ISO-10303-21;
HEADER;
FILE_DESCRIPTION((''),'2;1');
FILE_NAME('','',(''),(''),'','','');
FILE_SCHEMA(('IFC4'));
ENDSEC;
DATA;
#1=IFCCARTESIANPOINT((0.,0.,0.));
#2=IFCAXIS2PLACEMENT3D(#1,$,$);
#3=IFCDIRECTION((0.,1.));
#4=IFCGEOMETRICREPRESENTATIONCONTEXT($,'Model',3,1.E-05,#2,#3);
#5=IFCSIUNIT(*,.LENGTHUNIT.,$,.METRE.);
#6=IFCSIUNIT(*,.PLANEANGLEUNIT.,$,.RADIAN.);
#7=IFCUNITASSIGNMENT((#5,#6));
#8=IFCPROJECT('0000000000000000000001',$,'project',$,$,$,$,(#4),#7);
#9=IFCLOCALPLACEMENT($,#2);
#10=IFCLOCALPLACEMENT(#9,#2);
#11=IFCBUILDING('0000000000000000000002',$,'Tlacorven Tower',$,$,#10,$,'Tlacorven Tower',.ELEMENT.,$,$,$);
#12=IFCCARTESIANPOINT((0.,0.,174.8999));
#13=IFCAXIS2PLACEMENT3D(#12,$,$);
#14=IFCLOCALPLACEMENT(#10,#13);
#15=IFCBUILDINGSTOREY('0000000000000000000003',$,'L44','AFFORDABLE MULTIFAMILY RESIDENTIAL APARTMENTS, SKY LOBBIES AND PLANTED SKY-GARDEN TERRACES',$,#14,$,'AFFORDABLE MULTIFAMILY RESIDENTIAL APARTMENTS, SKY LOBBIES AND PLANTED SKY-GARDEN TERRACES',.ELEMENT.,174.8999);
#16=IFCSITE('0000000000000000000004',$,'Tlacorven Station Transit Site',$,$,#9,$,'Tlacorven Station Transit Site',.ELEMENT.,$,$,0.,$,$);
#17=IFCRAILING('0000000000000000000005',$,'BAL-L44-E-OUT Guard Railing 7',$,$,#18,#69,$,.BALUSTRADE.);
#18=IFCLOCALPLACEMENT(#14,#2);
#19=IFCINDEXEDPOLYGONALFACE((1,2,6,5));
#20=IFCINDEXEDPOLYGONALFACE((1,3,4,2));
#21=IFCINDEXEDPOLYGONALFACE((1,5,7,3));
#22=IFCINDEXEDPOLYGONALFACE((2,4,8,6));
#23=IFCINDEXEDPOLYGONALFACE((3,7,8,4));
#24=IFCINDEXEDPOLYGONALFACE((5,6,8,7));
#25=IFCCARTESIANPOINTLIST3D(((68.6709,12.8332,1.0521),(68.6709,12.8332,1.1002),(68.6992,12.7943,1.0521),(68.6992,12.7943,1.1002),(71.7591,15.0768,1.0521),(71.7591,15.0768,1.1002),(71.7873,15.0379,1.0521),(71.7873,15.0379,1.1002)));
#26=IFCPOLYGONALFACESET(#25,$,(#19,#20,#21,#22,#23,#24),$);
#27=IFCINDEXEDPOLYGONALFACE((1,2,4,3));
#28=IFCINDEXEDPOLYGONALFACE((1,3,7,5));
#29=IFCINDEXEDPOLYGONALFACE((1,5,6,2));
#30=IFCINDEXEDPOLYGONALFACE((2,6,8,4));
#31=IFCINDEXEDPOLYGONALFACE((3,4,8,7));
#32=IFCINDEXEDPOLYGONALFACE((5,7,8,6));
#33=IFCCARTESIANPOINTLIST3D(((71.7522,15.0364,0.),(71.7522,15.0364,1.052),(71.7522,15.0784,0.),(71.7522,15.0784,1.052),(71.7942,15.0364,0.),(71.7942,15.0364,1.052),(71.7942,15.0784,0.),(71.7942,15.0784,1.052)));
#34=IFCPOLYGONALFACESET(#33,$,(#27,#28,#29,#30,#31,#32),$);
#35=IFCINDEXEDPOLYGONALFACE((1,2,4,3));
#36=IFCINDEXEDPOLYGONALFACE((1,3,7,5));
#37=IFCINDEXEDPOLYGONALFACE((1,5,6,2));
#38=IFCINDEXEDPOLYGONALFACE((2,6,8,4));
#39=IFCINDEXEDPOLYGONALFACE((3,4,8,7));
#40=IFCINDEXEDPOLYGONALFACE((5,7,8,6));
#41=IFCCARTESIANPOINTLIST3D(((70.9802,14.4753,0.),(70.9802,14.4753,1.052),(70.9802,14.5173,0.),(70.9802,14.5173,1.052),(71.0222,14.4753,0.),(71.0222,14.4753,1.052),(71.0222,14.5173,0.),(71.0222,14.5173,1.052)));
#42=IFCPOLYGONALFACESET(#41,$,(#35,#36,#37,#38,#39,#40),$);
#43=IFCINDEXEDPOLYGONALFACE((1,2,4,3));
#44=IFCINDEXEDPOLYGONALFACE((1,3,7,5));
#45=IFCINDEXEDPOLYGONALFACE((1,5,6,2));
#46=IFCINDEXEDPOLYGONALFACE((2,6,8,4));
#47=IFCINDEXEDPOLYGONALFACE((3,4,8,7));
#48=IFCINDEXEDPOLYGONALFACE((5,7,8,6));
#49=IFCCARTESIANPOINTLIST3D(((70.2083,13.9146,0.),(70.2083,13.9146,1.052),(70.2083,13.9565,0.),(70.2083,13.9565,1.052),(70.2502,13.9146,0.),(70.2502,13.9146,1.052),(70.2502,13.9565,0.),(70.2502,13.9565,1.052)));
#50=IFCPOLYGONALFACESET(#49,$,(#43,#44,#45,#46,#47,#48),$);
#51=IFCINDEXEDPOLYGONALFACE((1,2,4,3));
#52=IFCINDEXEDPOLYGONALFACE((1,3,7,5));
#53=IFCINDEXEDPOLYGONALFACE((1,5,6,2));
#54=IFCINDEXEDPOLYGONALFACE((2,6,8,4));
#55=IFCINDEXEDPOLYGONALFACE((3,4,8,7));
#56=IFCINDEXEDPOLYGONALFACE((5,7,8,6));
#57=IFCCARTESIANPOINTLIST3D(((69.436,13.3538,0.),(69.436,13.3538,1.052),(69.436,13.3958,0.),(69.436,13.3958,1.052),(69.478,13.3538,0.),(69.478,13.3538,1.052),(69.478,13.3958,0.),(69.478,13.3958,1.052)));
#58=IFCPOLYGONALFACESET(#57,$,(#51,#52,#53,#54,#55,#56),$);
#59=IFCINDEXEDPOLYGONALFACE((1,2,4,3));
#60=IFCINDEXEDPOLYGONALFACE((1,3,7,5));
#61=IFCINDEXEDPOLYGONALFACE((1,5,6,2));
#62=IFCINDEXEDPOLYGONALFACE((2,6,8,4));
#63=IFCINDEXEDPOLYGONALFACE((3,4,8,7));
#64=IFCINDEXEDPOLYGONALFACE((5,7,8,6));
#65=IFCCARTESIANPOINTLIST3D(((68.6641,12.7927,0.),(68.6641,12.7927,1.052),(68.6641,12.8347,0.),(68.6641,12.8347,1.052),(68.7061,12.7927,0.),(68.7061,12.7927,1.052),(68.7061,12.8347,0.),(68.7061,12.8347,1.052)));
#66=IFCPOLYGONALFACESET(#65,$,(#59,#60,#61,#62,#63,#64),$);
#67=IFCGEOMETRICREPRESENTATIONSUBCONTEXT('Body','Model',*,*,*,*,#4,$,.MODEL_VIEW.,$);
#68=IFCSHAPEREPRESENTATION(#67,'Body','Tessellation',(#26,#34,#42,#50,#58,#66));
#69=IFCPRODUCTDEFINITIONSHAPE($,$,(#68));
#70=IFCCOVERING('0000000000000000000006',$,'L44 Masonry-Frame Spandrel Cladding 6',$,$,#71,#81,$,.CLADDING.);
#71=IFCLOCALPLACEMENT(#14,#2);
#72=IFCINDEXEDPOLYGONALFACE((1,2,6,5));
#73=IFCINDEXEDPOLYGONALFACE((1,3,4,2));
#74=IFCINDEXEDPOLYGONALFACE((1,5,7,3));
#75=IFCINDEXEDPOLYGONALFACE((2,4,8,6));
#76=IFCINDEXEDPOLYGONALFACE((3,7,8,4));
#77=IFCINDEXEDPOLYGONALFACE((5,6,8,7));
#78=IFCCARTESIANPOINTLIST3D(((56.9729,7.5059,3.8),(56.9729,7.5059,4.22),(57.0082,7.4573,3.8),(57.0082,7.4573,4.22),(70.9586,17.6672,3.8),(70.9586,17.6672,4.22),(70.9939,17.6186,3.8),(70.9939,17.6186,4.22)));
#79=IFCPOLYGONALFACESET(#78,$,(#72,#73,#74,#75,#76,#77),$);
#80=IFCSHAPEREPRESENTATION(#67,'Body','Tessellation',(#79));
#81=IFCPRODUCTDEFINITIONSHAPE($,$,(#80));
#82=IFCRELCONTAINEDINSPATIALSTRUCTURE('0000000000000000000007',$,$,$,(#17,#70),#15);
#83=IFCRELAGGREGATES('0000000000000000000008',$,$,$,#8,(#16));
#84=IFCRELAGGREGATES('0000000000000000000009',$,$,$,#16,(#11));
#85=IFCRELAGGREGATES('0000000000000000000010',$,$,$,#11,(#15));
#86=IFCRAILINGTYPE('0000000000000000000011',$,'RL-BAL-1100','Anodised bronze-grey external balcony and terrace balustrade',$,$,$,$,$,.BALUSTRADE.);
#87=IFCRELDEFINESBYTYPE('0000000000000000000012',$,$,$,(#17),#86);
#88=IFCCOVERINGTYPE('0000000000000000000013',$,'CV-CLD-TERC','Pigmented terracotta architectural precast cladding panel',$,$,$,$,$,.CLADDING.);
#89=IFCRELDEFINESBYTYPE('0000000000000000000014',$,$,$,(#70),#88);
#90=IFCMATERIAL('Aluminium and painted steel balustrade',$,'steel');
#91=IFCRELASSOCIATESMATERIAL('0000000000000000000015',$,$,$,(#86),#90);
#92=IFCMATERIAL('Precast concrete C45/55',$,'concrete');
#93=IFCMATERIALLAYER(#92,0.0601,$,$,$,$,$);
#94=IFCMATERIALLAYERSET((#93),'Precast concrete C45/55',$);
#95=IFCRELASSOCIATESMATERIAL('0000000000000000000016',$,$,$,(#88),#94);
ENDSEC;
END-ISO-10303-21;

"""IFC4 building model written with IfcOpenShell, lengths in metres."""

from ifc_helpers import new_model, si_unit, direction, frame, origin, origin_2d, place, context, subcontext, project, spatial, rectangle, extrude, source, transform, mapped, material, layer, layer_set, type_object, element, save


model = new_model("IFC4")

# Units and contexts
model_context = context("Model", 3, precision=1e-05, world=origin(), true_north=direction((0.0, 1.0)))
body_context = subcontext(model_context, "Body", "Model", "MODEL_VIEW")
ifc_project = project(units=[si_unit("LENGTHUNIT", "METRE"), si_unit("PLANEANGLEUNIT", "RADIAN")], contexts=[model_context])

# Site, building, storey
site_placement = place(None, origin())
site = spatial("IfcSite", under=ifc_project, at=site_placement, Name="Tlacorven Station Transit Site", LongName="Tlacorven Station Transit Site", CompositionType="ELEMENT", RefElevation=0.0)
building_placement = place(site_placement, origin())
building = spatial("IfcBuilding", under=site, at=building_placement, Name="Tlacorven Tower", LongName="Tlacorven Tower", CompositionType="ELEMENT")
storey_placement = place(building_placement, frame((0.0, 0.0, 174.8999)))
storey = spatial("IfcBuildingStorey", under=building, at=storey_placement, Name="L44", Description="AFFORDABLE MULTIFAMILY RESIDENTIAL APARTMENTS, SKY LOBBIES AND PLANTED SKY-GARDEN TERRACES", LongName="AFFORDABLE MULTIFAMILY RESIDENTIAL APARTMENTS, SKY LOBBIES AND PLANTED SKY-GARDEN TERRACES", CompositionType="ELEMENT", Elevation=174.8999)

# Shared definitions
ifc_material_1 = material(Name="Precast concrete C45/55", Category="concrete")

# Railing
ifc_material_2 = material(Name="Aluminium and painted steel balustrade", Category="steel")
railing_type = type_object("IfcRailingType", Name="RL-BAL-1100", Description="Anodised bronze-grey external balcony and terrace balustrade", PredefinedType="BALUSTRADE", material=ifc_material_2)
shared_shape_1 = source(origin(), body_context, "Body", "SweptSolid", [
    extrude(rectangle(XDim=0.0481, YDim=0.0481, at=origin_2d()), frame((0.0, 0.0, 1.0762), z_axis=(-0.809018, -0.587784, 0.0), x_axis=(0.587784, -0.809018, 0.0)), (0.0, 0.0, 1.0), 3.8171),
    extrude(rectangle(XDim=0.042, YDim=0.042, at=origin_2d()), origin(), (0.0, 0.0, 1.0), 1.052),
    extrude(rectangle(XDim=0.042, YDim=0.042, at=origin_2d()), frame((-0.772, -0.561, 0.0)), (0.0, 0.0, 1.0), 1.052),
    extrude(rectangle(XDim=0.042, YDim=0.042, at=origin_2d()), frame((-1.5439, -1.1218, 0.0)), (0.0, 0.0, 1.0), 1.052),
    extrude(rectangle(XDim=0.042, YDim=0.042, at=origin_2d()), frame((-2.3162, -1.6826, 0.0)), (0.0, 0.0, 1.0), 1.052),
    extrude(rectangle(XDim=0.042, YDim=0.042, at=origin_2d()), frame((-3.0881, -2.2437, 0.0)), (0.0, 0.0, 1.0), 1.052),
])
railing_1_placement = place(storey_placement, frame((71.7732, 15.0574, 0.0)))
element("IfcRailing", 1, at=railing_1_placement, inside=storey, type_object=railing_type, Name="BAL-L44-E-OUT Guard Railing 7", PredefinedType="BALUSTRADE", context=body_context, shape_type="MappedRepresentation", body=[
    mapped(shared_shape_1, transform((0.0, 0.0, 0.0), scale=1.0)),
])

# Covering
ifc_layer_1 = layer(ifc_material_1, 0.0601)
ifc_layer_set_1 = layer_set([ifc_layer_1], Name="Precast concrete C45/55")
covering_type = type_object("IfcCoveringType", Name="CV-CLD-TERC", Description="Pigmented terracotta architectural precast cladding panel", PredefinedType="CLADDING", material=ifc_layer_set_1)
shared_shape_2 = source(origin(), body_context, "Body", "SweptSolid", [
    extrude(rectangle(XDim=17.2874, YDim=0.0601, at=origin_2d()), origin(), (0.0, 0.0, 1.0), 0.4199),
])
covering_placement = place(storey_placement, frame((63.9834, 12.5623, 3.8), z_axis=(0.0, 0.0, 1.0), x_axis=(-0.809017, -0.587785, 0.0)))
element("IfcCovering", 2, at=covering_placement, inside=storey, type_object=covering_type, Name="L44 Masonry-Frame Spandrel Cladding 6", PredefinedType="CLADDING", context=body_context, shape_type="MappedRepresentation", body=[
    mapped(shared_shape_2, transform((0.0, 0.0, 0.0), scale=1.0)),
])

save(model, "model.ifc")
